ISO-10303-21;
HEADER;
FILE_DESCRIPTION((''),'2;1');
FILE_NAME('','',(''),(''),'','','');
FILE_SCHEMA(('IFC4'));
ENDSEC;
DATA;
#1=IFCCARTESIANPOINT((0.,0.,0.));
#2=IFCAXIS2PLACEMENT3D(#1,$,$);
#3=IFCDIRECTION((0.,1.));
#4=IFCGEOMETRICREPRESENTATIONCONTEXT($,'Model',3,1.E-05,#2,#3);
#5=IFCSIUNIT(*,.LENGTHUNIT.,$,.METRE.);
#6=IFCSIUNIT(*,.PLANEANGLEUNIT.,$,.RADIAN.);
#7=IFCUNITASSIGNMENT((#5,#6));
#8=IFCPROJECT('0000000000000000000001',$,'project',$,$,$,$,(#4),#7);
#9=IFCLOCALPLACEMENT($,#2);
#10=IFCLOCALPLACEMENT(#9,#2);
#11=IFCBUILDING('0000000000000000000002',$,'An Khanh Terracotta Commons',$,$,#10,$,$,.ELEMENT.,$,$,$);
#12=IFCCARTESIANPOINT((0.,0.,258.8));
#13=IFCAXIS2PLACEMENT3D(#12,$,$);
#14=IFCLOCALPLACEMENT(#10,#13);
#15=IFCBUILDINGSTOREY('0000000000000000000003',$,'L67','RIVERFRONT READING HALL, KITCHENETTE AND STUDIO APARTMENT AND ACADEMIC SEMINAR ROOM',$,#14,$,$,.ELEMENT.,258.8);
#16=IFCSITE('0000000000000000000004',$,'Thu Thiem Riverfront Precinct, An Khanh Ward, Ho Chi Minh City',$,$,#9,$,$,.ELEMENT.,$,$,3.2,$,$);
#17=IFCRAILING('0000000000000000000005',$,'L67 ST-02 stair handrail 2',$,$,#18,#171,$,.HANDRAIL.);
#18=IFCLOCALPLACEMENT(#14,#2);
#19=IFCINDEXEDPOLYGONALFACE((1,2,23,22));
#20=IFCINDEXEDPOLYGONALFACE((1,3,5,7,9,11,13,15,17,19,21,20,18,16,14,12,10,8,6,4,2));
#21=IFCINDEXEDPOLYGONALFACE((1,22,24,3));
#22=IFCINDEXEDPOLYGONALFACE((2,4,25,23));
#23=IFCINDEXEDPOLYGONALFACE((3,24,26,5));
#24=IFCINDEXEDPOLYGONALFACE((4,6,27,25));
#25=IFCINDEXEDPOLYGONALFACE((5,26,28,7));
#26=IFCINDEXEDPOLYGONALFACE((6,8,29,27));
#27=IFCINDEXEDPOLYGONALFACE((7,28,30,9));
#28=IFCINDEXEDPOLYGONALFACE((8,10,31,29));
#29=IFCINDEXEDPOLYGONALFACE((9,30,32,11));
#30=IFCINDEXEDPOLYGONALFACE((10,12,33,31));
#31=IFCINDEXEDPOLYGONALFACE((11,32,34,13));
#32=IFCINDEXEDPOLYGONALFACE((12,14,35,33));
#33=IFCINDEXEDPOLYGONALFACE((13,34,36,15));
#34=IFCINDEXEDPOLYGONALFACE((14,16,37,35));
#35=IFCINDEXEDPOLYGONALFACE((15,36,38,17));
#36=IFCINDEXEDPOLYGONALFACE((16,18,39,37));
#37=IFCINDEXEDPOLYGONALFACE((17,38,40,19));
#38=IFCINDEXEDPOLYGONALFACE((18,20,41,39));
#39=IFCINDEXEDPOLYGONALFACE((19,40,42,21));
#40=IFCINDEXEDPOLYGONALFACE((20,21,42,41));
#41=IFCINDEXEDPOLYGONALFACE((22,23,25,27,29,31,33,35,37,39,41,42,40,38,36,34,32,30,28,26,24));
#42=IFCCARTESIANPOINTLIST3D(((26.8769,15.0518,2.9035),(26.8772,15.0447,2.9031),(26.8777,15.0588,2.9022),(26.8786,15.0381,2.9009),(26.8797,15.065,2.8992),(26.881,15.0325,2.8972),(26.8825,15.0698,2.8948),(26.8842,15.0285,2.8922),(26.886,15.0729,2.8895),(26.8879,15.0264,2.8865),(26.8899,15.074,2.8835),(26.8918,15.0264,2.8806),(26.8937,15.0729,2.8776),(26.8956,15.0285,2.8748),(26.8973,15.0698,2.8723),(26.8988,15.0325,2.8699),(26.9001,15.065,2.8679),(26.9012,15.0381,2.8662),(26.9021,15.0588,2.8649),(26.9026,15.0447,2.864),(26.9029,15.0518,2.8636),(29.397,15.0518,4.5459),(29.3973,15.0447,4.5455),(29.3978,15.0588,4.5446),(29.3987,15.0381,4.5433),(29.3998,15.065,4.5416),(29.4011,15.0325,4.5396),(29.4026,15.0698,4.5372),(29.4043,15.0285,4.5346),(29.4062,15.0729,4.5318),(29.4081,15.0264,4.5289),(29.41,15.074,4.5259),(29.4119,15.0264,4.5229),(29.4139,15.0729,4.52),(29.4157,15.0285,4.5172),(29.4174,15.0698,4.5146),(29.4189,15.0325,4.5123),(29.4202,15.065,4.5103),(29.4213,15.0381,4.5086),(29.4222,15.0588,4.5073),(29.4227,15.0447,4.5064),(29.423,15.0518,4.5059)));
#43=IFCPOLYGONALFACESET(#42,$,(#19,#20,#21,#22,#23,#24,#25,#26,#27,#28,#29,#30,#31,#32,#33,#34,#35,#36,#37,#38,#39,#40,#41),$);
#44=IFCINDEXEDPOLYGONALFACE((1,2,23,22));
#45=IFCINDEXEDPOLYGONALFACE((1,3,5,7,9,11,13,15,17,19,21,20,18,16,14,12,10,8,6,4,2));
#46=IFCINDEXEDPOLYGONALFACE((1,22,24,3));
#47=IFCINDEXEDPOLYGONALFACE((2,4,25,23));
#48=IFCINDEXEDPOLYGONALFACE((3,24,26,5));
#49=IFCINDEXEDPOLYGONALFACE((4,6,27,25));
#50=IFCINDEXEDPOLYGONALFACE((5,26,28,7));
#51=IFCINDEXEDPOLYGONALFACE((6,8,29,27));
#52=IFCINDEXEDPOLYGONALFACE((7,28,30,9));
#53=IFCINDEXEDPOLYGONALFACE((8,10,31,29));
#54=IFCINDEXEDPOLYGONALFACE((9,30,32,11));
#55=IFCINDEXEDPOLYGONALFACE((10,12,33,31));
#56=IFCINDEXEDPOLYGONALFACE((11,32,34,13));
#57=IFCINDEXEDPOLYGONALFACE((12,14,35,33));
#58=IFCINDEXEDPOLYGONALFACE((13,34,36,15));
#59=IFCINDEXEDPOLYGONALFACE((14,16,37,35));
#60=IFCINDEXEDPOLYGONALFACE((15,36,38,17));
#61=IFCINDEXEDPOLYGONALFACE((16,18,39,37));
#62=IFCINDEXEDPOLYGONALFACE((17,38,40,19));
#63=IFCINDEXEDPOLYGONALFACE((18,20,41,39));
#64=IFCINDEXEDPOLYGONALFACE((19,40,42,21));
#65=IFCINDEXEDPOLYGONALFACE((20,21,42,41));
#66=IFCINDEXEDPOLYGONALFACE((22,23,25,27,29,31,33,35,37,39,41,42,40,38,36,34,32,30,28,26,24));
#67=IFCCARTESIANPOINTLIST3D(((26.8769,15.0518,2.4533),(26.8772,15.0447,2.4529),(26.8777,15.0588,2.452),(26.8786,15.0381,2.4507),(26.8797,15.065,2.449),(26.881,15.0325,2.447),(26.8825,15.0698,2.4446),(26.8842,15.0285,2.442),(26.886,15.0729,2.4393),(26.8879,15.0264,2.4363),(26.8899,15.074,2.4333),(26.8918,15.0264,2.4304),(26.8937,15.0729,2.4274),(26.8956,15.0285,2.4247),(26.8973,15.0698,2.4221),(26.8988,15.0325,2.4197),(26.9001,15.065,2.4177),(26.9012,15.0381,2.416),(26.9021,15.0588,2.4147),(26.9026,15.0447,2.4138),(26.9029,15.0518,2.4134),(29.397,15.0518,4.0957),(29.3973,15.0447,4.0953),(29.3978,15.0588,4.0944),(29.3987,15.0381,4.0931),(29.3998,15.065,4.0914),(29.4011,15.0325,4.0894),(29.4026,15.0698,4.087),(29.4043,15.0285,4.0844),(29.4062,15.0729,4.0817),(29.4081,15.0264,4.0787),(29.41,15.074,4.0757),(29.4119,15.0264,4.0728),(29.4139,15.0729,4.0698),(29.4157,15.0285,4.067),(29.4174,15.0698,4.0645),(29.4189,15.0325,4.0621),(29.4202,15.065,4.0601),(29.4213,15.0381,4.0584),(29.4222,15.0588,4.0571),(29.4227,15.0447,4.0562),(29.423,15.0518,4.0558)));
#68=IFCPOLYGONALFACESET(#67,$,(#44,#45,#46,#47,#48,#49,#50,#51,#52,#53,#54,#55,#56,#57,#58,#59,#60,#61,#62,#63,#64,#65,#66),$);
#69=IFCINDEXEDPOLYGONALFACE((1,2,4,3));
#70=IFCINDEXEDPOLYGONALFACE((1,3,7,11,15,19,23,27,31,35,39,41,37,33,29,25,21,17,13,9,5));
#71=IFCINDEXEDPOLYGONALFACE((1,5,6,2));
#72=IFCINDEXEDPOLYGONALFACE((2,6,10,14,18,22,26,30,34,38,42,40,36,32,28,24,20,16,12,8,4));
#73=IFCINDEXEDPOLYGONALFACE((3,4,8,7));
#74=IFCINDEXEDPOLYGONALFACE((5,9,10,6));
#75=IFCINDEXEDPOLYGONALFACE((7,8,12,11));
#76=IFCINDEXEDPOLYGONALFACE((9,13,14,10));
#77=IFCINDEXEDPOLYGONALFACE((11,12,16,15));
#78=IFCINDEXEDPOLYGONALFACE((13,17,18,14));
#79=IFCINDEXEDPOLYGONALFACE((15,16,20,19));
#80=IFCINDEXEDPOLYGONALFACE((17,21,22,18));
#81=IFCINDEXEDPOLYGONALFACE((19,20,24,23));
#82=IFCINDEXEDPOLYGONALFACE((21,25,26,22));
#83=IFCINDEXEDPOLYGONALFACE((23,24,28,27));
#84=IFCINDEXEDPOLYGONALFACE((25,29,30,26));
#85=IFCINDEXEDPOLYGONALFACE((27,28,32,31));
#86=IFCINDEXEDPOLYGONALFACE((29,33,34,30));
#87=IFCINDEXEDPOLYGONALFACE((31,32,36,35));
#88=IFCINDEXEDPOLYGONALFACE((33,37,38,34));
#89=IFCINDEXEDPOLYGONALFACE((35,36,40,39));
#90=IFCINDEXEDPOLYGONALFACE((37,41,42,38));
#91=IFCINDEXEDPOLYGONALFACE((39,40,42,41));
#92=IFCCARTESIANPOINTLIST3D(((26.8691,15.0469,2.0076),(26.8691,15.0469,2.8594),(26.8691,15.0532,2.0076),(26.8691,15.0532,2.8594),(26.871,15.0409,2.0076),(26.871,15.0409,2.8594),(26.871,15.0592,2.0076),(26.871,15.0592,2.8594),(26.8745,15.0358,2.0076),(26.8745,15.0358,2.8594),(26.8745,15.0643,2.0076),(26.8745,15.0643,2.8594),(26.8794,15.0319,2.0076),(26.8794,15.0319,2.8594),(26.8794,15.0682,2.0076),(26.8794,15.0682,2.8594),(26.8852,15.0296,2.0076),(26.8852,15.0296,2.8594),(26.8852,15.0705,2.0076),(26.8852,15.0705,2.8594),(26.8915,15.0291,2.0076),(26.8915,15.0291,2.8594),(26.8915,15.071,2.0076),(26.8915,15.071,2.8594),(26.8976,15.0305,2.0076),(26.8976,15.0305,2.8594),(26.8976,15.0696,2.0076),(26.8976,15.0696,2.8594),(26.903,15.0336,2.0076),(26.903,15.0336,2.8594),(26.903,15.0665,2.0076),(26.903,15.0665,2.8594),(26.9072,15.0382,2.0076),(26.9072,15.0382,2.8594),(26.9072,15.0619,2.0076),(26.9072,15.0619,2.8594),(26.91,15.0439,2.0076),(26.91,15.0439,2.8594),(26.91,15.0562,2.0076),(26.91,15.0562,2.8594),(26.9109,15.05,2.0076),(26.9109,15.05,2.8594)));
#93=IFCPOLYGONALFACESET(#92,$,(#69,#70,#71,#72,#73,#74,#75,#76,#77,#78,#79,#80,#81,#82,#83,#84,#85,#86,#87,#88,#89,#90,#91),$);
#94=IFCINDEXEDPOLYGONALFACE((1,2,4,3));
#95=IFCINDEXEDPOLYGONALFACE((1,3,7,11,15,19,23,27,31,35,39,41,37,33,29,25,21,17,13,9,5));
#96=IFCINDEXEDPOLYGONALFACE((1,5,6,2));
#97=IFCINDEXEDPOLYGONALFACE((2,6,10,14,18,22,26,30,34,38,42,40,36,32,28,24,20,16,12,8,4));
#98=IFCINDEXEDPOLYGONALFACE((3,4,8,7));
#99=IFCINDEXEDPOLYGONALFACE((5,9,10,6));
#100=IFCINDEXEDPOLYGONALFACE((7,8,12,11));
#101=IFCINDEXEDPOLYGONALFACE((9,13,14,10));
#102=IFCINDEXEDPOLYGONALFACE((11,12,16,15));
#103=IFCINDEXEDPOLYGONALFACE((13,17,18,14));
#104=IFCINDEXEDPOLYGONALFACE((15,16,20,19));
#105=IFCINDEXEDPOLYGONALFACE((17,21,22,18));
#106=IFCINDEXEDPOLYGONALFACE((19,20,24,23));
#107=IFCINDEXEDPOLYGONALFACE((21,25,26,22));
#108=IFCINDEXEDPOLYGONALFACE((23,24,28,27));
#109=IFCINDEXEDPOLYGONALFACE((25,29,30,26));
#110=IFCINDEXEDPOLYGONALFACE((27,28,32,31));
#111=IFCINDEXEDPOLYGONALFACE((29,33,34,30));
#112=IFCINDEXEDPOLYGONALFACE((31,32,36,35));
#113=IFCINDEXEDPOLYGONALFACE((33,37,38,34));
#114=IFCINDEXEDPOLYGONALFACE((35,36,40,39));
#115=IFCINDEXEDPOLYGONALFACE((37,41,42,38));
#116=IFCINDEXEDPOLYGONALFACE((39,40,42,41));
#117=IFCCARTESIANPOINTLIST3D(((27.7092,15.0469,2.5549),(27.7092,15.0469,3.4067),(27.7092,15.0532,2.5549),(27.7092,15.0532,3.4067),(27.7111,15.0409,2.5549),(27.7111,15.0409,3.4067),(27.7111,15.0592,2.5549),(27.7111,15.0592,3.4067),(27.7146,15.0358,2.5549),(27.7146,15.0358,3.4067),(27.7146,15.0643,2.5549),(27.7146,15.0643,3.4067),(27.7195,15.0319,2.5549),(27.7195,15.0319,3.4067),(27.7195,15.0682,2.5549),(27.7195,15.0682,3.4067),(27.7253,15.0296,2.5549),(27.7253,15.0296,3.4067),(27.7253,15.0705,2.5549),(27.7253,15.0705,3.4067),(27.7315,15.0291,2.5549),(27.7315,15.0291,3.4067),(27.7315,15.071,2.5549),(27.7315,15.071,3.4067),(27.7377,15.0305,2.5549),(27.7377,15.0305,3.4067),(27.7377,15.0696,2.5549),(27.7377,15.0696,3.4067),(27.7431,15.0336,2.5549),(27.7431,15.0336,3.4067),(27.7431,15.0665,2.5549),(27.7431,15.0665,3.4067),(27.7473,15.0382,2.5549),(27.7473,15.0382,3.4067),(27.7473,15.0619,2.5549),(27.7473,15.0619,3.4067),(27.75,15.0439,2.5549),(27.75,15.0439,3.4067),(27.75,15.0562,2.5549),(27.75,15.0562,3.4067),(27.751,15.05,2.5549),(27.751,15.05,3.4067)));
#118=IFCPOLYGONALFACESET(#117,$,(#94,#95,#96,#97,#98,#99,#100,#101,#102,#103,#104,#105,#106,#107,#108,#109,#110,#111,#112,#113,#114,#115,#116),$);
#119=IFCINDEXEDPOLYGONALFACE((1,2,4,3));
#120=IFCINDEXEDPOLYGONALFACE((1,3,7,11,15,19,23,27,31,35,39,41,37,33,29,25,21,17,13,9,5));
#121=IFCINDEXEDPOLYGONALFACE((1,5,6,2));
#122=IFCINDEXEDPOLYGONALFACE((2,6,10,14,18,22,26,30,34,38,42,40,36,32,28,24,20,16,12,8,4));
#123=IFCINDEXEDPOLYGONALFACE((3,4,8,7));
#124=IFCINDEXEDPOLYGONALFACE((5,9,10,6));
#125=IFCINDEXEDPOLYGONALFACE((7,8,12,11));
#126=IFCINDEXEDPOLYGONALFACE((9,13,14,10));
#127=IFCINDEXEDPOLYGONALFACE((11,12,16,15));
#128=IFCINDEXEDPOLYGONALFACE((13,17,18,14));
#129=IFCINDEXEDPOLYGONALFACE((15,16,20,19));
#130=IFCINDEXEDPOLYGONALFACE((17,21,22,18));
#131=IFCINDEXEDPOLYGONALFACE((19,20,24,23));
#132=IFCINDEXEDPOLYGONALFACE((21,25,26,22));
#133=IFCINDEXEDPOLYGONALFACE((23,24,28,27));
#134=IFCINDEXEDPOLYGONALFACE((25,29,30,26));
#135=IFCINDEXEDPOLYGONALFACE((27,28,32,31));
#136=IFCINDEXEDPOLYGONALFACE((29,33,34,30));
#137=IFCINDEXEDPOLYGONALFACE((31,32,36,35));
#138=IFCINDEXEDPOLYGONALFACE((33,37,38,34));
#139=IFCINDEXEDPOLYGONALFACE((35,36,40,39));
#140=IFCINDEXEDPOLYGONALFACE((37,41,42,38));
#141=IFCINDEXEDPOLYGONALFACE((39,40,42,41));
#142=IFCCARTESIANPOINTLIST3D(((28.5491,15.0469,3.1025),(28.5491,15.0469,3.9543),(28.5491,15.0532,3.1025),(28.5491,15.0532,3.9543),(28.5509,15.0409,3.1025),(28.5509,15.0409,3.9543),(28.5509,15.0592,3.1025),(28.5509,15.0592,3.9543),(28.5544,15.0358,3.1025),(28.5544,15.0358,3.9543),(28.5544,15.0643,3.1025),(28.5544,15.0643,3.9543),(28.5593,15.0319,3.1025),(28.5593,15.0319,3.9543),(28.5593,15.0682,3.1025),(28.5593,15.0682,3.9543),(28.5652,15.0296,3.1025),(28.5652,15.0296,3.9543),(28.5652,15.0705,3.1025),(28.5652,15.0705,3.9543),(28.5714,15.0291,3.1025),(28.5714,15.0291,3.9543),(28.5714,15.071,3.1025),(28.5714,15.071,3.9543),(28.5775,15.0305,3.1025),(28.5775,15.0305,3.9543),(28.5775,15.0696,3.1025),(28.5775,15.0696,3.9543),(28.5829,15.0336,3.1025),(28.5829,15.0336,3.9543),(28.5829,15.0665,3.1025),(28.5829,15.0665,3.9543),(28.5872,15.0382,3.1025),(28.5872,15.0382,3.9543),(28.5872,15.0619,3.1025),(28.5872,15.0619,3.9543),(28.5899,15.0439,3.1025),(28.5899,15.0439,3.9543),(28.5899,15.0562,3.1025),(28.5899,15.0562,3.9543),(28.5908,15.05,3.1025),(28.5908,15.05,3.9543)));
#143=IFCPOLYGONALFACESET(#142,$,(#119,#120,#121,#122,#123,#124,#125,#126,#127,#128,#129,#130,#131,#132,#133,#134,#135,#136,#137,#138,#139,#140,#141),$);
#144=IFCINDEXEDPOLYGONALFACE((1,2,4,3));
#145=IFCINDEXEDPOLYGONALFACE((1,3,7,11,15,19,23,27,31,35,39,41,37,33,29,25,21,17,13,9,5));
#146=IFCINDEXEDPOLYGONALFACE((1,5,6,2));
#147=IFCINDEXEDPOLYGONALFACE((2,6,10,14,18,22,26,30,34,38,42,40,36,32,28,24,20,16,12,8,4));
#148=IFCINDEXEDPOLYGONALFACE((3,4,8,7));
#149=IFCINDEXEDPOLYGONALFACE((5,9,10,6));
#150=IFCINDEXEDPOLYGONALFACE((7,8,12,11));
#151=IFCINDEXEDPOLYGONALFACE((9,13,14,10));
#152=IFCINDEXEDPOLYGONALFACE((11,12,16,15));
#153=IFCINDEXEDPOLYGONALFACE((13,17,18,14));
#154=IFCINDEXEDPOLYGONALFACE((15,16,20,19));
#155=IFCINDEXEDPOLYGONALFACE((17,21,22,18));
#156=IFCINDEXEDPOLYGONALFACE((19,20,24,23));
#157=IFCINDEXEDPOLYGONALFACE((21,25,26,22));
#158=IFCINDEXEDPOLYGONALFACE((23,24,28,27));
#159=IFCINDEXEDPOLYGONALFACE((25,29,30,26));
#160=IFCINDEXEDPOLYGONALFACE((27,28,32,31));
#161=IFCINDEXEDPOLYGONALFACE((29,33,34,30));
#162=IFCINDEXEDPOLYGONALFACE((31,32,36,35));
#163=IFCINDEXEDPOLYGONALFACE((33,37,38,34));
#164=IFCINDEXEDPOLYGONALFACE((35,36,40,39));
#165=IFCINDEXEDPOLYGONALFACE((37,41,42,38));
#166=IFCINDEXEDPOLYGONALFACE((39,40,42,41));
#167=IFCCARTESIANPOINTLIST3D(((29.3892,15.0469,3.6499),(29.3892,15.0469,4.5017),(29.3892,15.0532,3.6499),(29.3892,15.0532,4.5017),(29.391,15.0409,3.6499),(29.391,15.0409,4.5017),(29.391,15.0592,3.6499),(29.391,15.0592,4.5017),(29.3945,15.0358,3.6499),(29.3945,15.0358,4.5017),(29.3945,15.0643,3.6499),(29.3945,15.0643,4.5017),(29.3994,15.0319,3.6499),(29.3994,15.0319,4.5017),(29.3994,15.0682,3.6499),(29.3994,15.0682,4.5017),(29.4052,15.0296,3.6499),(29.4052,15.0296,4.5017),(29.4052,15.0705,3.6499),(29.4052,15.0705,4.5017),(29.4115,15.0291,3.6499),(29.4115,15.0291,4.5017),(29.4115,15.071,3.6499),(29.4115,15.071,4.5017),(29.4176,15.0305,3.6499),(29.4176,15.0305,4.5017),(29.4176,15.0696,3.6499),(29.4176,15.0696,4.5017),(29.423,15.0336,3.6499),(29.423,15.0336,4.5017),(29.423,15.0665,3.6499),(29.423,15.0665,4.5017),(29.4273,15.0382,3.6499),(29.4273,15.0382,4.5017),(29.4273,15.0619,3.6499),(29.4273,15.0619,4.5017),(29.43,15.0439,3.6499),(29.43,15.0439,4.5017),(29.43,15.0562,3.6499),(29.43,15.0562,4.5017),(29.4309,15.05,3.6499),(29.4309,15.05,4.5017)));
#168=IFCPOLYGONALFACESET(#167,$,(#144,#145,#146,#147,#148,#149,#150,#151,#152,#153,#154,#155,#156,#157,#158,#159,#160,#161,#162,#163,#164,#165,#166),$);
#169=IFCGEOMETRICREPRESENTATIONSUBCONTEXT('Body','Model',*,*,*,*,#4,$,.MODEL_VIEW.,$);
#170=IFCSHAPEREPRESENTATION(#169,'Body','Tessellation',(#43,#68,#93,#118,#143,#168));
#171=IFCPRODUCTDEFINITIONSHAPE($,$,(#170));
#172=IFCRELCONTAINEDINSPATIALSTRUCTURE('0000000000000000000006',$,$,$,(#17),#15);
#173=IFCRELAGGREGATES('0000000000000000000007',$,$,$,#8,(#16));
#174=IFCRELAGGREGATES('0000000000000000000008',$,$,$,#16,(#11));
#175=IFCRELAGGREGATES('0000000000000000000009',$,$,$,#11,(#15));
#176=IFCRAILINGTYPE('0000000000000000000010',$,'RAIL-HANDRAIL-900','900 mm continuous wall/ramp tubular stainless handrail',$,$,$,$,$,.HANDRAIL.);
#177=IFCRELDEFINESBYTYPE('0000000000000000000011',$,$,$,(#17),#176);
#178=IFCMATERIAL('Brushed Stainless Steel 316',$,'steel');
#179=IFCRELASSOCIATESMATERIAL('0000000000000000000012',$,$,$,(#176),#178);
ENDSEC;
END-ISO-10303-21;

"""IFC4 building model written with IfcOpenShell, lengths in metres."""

from ifc_helpers import new_model, si_unit, direction, frame, origin, origin_2d, place, context, subcontext, project, spatial, circle, extrude, material, type_object, element, save


model = new_model("IFC4")

# Units and contexts
model_context = context("Model", 3, precision=1e-05, world=origin(), true_north=direction((0.0, 1.0)))
body_context = subcontext(model_context, "Body", "Model", "MODEL_VIEW")
ifc_project = project(units=[si_unit("LENGTHUNIT", "METRE"), si_unit("PLANEANGLEUNIT", "RADIAN")], contexts=[model_context])

# Site, building, storey
site_placement = place(None, origin())
site = spatial("IfcSite", under=ifc_project, at=site_placement, Name="Thu Thiem Riverfront Precinct, An Khanh Ward, Ho Chi Minh City", CompositionType="ELEMENT", RefElevation=3.2)
building_placement = place(site_placement, origin())
building = spatial("IfcBuilding", under=site, at=building_placement, Name="An Khanh Terracotta Commons", CompositionType="ELEMENT")
storey_placement = place(building_placement, frame((0.0, 0.0, 258.8)))
storey = spatial("IfcBuildingStorey", under=building, at=storey_placement, Name="L67", Description="RIVERFRONT READING HALL, KITCHENETTE AND STUDIO APARTMENT AND ACADEMIC SEMINAR ROOM", CompositionType="ELEMENT", Elevation=258.8)

# Railing
ifc_material_1 = material(Name="Brushed Stainless Steel 316", Category="steel")
railing_type_1 = type_object("IfcRailingType", Name="RAIL-HANDRAIL-900", Description="900 mm continuous wall/ramp tubular stainless handrail", PredefinedType="HANDRAIL", material=ifc_material_1)
railing_1_placement = place(storey_placement, frame((26.8899, 15.05, 2.0076)))
element("IfcRailing", 1, at=railing_1_placement, inside=storey, type_object=railing_type_1, Name="L67 ST-02 stair handrail 2", PredefinedType="HANDRAIL", context=body_context, shape_type="SweptSolid", body=[
    extrude(circle(Radius=0.0239, at=origin_2d()), frame((0.0, 0.0, 0.876), z_axis=(0.837787, 0.0, 0.545998), x_axis=(0.0, 1.0, 0.0)), (0.0, 0.0, 1.0), 3.0081),
    extrude(circle(Radius=0.0239, at=origin_2d()), frame((0.0, 0.0, 0.4258), z_axis=(0.837787, 0.0, 0.545998), x_axis=(0.0, 1.0, 0.0)), (0.0, 0.0, 1.0), 3.0081),
    extrude(circle(Radius=0.021, at=origin_2d()), origin(), (0.0, 0.0, 1.0), 0.8518),
    extrude(circle(Radius=0.021, at=origin_2d()), frame((0.8401, 0.0, 0.5474)), (0.0, 0.0, 1.0), 0.8518),
    extrude(circle(Radius=0.021, at=origin_2d()), frame((1.6799, 0.0, 1.095)), (0.0, 0.0, 1.0), 0.8518),
    extrude(circle(Radius=0.021, at=origin_2d()), frame((2.52, 0.0, 1.6423)), (0.0, 0.0, 1.0), 0.8518),
])

save(model, "model.ifc")
